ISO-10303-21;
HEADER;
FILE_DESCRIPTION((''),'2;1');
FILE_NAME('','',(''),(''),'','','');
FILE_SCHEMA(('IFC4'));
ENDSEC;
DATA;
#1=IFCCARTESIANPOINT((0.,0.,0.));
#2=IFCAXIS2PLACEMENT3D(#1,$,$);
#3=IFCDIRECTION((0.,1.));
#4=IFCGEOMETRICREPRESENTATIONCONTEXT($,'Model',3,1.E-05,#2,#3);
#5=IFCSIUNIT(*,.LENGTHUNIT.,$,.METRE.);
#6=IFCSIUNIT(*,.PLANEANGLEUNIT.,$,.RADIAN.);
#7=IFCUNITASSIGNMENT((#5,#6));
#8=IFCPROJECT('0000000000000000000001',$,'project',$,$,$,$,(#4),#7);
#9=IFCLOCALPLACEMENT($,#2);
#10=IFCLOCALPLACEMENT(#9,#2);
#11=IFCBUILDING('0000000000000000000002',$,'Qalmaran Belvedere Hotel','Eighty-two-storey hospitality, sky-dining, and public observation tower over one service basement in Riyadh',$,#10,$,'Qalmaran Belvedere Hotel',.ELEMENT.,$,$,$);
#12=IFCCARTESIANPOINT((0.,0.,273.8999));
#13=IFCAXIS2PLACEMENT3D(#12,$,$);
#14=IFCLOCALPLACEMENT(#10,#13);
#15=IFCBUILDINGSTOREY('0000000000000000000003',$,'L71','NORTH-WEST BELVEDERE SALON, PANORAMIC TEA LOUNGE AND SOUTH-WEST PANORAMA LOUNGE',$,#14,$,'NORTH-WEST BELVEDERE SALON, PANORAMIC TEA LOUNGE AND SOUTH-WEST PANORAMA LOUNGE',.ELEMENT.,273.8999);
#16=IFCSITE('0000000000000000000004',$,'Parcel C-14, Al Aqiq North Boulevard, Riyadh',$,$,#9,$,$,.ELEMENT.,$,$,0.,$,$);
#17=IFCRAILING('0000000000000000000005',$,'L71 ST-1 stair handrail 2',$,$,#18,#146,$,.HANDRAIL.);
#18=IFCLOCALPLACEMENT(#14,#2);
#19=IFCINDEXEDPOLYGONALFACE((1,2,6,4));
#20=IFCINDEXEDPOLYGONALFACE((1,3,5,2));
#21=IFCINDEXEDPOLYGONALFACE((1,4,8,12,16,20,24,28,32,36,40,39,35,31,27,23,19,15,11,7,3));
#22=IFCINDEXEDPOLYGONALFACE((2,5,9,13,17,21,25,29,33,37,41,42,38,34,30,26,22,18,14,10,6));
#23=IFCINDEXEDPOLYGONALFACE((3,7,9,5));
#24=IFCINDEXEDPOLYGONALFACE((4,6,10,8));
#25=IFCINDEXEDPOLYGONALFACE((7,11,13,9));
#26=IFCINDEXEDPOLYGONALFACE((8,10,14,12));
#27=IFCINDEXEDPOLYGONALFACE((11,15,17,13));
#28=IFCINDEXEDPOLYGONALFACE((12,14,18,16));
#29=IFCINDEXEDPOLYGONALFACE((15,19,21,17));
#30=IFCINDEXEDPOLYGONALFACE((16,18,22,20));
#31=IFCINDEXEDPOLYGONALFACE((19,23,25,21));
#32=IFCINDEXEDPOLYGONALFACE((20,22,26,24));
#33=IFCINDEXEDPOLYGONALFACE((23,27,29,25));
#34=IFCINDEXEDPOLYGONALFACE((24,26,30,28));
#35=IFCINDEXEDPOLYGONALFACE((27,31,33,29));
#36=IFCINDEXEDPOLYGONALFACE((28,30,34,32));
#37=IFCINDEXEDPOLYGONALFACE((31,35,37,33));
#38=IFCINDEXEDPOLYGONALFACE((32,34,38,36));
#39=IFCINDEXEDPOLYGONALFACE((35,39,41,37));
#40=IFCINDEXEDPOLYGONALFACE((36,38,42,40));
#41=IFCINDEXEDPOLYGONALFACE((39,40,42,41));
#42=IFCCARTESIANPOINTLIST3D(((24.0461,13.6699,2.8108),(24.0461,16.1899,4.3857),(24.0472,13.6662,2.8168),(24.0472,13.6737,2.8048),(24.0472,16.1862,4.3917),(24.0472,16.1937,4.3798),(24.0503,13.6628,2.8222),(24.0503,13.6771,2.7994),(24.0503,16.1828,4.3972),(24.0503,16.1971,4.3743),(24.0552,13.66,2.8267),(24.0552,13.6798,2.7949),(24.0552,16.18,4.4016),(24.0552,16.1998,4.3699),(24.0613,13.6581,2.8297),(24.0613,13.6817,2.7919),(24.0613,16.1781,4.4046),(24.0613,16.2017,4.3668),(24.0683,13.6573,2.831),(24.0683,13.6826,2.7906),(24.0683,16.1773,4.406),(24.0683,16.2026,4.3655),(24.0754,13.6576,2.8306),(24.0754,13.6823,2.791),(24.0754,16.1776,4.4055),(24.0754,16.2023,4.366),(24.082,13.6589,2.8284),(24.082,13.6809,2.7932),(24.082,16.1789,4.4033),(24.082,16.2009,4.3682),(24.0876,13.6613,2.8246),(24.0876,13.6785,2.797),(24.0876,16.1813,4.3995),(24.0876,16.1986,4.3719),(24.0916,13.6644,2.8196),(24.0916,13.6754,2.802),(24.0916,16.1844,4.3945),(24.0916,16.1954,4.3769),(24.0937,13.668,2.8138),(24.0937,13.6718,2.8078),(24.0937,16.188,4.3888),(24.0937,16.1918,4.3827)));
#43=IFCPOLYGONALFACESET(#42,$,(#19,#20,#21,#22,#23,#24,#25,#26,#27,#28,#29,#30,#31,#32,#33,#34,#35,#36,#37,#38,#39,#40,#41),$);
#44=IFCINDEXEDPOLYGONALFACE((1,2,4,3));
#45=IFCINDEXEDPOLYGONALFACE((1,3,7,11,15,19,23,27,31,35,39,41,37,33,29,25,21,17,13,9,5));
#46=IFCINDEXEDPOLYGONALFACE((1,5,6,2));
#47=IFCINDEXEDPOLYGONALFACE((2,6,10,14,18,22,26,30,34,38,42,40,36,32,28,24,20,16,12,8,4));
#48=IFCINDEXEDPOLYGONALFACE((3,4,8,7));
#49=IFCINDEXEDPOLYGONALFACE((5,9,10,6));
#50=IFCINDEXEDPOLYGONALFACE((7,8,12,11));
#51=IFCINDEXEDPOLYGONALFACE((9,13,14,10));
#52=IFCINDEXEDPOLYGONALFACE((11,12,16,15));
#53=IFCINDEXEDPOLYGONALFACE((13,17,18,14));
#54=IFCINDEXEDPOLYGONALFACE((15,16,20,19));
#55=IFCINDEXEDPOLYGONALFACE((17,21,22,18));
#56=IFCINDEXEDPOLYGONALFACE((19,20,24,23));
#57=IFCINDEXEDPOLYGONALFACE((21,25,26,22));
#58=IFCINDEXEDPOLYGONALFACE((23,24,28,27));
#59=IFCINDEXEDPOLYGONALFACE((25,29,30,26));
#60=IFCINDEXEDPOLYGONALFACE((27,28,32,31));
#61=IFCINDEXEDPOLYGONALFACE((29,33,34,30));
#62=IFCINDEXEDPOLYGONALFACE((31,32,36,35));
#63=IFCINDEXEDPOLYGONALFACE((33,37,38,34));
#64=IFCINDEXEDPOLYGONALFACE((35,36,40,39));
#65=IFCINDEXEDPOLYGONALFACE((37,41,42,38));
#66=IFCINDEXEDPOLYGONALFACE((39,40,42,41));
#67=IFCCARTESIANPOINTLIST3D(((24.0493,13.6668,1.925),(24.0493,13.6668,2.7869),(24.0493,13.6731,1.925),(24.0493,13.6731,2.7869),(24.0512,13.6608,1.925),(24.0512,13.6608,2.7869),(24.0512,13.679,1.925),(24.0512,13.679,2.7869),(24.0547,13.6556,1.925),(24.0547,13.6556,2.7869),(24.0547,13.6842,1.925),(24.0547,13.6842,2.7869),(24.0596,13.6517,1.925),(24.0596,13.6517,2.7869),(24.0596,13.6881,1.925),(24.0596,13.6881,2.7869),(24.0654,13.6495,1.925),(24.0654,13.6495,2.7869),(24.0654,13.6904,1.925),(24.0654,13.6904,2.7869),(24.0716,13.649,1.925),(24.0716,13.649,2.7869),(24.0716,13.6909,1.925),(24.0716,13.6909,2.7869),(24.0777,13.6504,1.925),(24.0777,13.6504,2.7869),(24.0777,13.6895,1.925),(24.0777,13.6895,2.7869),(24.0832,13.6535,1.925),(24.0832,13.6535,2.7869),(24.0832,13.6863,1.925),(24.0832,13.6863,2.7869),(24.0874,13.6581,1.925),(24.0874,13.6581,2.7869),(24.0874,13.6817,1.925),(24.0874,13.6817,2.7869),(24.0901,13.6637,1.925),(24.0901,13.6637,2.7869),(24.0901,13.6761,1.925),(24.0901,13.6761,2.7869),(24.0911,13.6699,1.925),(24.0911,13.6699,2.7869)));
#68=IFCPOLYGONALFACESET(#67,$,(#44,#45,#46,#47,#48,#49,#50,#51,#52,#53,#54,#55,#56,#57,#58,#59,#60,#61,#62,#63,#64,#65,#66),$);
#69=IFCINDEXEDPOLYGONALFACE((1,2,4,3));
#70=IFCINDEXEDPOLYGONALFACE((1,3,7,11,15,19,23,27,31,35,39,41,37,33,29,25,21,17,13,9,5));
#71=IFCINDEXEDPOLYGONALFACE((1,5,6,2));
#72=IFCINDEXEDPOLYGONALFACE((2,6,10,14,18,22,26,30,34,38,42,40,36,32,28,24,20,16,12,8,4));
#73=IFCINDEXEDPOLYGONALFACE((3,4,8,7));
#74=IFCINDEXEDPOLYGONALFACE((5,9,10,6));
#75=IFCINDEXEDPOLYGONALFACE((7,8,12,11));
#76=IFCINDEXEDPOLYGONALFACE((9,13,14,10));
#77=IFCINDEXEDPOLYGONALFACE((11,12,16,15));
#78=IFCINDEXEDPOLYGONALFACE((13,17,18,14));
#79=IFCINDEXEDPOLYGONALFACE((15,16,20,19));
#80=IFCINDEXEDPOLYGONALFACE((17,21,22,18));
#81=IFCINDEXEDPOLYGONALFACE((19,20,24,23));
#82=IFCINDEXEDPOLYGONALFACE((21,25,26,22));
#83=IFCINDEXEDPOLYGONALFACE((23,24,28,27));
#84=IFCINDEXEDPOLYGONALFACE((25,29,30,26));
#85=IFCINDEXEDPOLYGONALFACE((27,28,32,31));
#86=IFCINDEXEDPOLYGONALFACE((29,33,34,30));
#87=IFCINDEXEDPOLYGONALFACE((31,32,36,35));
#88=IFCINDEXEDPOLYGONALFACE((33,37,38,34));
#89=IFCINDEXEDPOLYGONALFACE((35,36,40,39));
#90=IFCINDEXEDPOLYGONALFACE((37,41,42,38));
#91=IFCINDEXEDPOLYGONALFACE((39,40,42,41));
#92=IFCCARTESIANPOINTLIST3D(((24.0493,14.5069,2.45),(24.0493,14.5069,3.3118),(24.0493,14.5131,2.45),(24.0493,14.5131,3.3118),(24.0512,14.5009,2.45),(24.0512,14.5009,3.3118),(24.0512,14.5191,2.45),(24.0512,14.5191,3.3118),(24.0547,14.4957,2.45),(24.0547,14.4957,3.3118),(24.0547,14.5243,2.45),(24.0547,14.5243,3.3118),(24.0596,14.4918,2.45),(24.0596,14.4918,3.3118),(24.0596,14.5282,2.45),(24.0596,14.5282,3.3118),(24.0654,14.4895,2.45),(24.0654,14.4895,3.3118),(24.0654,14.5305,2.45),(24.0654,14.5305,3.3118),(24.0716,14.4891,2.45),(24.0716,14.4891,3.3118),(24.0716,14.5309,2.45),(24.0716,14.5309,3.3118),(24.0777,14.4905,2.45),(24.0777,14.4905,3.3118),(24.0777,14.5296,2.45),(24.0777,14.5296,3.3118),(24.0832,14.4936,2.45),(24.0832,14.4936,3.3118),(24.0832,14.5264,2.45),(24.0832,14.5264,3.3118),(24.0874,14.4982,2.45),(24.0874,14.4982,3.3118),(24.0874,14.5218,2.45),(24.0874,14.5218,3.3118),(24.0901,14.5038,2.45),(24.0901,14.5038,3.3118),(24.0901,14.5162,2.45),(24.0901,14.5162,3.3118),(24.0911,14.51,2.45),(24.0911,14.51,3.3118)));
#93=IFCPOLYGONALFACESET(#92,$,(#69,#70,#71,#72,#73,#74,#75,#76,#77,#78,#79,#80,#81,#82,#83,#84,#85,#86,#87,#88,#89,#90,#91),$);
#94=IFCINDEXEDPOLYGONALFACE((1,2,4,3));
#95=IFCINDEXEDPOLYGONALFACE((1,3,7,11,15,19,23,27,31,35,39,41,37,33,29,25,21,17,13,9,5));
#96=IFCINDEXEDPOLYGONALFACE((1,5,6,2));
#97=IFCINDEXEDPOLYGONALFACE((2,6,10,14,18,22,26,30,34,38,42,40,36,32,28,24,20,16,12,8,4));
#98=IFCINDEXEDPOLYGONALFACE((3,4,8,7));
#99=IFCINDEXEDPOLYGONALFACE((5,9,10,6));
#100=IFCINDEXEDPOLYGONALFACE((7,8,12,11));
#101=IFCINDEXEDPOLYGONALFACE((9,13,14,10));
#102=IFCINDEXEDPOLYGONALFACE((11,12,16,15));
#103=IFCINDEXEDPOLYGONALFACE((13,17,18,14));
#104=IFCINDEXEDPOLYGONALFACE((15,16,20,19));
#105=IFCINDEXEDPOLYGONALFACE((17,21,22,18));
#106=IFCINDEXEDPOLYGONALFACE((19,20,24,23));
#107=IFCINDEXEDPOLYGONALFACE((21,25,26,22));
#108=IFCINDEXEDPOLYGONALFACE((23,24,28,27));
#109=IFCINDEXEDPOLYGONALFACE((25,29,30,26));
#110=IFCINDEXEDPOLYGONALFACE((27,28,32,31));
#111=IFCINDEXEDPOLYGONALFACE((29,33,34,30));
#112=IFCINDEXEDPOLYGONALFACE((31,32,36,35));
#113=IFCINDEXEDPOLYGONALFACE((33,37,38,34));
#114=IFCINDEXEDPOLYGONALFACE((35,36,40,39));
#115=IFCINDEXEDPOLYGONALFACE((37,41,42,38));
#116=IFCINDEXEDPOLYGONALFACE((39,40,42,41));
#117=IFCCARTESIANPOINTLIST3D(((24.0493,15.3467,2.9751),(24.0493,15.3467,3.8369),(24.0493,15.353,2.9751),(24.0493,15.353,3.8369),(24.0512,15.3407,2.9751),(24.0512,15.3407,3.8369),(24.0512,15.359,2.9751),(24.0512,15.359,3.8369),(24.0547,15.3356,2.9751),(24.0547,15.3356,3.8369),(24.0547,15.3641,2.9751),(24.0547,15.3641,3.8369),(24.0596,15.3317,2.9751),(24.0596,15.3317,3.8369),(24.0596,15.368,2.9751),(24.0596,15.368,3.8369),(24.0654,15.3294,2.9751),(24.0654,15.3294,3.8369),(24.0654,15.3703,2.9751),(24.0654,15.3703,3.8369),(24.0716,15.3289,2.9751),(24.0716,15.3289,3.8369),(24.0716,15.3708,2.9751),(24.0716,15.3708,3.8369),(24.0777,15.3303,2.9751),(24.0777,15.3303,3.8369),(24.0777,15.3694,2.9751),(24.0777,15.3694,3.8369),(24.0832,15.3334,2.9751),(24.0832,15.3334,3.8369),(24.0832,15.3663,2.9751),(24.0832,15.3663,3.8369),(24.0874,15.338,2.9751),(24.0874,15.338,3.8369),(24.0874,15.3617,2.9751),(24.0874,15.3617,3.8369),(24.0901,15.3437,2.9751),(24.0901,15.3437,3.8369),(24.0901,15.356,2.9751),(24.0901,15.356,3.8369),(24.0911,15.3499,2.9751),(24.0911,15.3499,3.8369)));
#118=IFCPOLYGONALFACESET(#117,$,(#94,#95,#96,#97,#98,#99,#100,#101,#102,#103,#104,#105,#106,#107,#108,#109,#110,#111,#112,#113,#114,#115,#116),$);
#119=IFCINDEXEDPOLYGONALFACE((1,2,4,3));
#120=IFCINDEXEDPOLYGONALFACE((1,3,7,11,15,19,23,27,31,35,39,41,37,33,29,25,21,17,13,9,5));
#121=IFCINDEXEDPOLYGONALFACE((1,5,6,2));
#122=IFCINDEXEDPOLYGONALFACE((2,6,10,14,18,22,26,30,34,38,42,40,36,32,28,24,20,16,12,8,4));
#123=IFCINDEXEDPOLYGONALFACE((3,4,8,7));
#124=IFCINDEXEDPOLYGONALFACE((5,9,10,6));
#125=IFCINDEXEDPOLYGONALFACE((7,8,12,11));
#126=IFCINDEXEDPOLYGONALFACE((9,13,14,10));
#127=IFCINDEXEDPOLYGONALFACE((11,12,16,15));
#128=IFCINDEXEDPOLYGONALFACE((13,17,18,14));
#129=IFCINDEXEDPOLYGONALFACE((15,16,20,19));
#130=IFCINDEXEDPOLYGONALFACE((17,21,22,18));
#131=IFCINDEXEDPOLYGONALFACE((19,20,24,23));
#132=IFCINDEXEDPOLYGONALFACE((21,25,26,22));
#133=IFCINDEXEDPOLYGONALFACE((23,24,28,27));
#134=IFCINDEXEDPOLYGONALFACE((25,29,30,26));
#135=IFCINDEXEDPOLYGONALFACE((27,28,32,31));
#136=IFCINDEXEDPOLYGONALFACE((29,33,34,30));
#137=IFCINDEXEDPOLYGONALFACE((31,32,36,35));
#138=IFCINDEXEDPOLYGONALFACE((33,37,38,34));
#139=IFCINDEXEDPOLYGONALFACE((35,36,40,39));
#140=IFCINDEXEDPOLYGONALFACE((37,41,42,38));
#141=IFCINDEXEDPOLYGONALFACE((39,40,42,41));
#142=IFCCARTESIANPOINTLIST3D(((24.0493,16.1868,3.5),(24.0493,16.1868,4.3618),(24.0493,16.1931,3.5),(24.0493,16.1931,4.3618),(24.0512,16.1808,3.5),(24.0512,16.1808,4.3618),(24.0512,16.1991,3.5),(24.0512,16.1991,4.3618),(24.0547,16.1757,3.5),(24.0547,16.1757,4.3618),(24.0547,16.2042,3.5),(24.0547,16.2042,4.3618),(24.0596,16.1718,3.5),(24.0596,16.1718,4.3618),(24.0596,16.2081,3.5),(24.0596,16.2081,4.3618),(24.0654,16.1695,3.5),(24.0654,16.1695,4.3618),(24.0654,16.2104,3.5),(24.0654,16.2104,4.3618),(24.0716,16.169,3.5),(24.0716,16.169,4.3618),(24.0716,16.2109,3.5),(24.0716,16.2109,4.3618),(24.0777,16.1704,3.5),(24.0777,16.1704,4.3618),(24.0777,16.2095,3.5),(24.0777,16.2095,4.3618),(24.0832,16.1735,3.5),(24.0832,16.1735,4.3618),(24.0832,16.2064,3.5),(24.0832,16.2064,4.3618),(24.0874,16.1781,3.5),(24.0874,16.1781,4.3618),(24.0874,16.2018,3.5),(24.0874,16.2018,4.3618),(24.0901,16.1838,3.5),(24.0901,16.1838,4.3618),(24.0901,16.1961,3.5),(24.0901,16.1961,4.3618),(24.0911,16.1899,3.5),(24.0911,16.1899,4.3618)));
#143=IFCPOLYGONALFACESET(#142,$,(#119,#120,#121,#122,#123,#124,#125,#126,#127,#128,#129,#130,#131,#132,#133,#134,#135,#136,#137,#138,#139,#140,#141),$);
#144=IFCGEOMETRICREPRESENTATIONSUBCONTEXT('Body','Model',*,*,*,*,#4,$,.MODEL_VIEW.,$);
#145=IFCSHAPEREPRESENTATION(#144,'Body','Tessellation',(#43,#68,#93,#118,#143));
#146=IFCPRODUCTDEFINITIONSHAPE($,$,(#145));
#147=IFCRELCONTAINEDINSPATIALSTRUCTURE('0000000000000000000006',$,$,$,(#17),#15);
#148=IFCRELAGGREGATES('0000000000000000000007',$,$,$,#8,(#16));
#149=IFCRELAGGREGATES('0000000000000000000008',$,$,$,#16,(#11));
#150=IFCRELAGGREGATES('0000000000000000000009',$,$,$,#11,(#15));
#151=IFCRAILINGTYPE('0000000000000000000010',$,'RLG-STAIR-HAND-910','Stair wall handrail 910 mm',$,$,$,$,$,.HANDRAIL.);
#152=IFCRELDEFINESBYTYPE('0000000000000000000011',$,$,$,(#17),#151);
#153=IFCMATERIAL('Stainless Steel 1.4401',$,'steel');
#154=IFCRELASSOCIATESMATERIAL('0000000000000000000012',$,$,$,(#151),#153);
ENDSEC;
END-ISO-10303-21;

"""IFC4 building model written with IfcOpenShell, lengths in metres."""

from ifc_helpers import new_model, si_unit, direction, frame, origin, origin_2d, place, context, subcontext, project, spatial, circle, extrude, material, type_object, element, save


model = new_model("IFC4")

# Units and contexts
model_context = context("Model", 3, precision=1e-05, world=origin(), true_north=direction((0.0, 1.0)))
body_context = subcontext(model_context, "Body", "Model", "MODEL_VIEW")
ifc_project = project(units=[si_unit("LENGTHUNIT", "METRE"), si_unit("PLANEANGLEUNIT", "RADIAN")], contexts=[model_context])

# Site, building, storey
site_placement = place(None, origin())
site = spatial("IfcSite", under=ifc_project, at=site_placement, Name="Parcel C-14, Al Aqiq North Boulevard, Riyadh", CompositionType="ELEMENT", RefElevation=0.0)
building_placement = place(site_placement, origin())
building = spatial("IfcBuilding", under=site, at=building_placement, Name="Qalmaran Belvedere Hotel", Description="Eighty-two-storey hospitality, sky-dining, and public observation tower over one service basement in Riyadh", LongName="Qalmaran Belvedere Hotel", CompositionType="ELEMENT")
storey_placement = place(building_placement, frame((0.0, 0.0, 273.8999)))
storey = spatial("IfcBuildingStorey", under=building, at=storey_placement, Name="L71", Description="NORTH-WEST BELVEDERE SALON, PANORAMIC TEA LOUNGE AND SOUTH-WEST PANORAMA LOUNGE", LongName="NORTH-WEST BELVEDERE SALON, PANORAMIC TEA LOUNGE AND SOUTH-WEST PANORAMA LOUNGE", CompositionType="ELEMENT", Elevation=273.8999)

# Railing
ifc_material_1 = material(Name="Stainless Steel 1.4401", Category="steel")
railing_type_1 = type_object("IfcRailingType", Name="RLG-STAIR-HAND-910", Description="Stair wall handrail 910 mm", PredefinedType="HANDRAIL", material=ifc_material_1)
railing_1_placement = place(storey_placement, frame((24.0701, 13.6699, 1.925)))
element("IfcRailing", 1, at=railing_1_placement, inside=storey, type_object=railing_type_1, Name="L71 ST-1 stair handrail 2", PredefinedType="HANDRAIL", context=body_context, shape_type="SweptSolid", body=[
    extrude(circle(Radius=0.0239, at=origin_2d()), frame((0.0, 0.0, 0.8857), z_axis=(0.0, 0.848008, 0.529984), x_axis=(-1.0, 0.0, 0.0)), (0.0, 0.0, 1.0), 2.9717),
    extrude(circle(Radius=0.021, at=origin_2d()), origin(), (0.0, 0.0, 1.0), 0.8618),
    extrude(circle(Radius=0.021, at=origin_2d()), frame((0.0, 0.8401, 0.5249)), (0.0, 0.0, 1.0), 0.8618),
    extrude(circle(Radius=0.021, at=origin_2d()), frame((0.0, 1.6799, 1.05)), (0.0, 0.0, 1.0), 0.8618),
    extrude(circle(Radius=0.021, at=origin_2d()), frame((0.0, 2.52, 1.575)), (0.0, 0.0, 1.0), 0.8618),
])

save(model, "model.ifc")
